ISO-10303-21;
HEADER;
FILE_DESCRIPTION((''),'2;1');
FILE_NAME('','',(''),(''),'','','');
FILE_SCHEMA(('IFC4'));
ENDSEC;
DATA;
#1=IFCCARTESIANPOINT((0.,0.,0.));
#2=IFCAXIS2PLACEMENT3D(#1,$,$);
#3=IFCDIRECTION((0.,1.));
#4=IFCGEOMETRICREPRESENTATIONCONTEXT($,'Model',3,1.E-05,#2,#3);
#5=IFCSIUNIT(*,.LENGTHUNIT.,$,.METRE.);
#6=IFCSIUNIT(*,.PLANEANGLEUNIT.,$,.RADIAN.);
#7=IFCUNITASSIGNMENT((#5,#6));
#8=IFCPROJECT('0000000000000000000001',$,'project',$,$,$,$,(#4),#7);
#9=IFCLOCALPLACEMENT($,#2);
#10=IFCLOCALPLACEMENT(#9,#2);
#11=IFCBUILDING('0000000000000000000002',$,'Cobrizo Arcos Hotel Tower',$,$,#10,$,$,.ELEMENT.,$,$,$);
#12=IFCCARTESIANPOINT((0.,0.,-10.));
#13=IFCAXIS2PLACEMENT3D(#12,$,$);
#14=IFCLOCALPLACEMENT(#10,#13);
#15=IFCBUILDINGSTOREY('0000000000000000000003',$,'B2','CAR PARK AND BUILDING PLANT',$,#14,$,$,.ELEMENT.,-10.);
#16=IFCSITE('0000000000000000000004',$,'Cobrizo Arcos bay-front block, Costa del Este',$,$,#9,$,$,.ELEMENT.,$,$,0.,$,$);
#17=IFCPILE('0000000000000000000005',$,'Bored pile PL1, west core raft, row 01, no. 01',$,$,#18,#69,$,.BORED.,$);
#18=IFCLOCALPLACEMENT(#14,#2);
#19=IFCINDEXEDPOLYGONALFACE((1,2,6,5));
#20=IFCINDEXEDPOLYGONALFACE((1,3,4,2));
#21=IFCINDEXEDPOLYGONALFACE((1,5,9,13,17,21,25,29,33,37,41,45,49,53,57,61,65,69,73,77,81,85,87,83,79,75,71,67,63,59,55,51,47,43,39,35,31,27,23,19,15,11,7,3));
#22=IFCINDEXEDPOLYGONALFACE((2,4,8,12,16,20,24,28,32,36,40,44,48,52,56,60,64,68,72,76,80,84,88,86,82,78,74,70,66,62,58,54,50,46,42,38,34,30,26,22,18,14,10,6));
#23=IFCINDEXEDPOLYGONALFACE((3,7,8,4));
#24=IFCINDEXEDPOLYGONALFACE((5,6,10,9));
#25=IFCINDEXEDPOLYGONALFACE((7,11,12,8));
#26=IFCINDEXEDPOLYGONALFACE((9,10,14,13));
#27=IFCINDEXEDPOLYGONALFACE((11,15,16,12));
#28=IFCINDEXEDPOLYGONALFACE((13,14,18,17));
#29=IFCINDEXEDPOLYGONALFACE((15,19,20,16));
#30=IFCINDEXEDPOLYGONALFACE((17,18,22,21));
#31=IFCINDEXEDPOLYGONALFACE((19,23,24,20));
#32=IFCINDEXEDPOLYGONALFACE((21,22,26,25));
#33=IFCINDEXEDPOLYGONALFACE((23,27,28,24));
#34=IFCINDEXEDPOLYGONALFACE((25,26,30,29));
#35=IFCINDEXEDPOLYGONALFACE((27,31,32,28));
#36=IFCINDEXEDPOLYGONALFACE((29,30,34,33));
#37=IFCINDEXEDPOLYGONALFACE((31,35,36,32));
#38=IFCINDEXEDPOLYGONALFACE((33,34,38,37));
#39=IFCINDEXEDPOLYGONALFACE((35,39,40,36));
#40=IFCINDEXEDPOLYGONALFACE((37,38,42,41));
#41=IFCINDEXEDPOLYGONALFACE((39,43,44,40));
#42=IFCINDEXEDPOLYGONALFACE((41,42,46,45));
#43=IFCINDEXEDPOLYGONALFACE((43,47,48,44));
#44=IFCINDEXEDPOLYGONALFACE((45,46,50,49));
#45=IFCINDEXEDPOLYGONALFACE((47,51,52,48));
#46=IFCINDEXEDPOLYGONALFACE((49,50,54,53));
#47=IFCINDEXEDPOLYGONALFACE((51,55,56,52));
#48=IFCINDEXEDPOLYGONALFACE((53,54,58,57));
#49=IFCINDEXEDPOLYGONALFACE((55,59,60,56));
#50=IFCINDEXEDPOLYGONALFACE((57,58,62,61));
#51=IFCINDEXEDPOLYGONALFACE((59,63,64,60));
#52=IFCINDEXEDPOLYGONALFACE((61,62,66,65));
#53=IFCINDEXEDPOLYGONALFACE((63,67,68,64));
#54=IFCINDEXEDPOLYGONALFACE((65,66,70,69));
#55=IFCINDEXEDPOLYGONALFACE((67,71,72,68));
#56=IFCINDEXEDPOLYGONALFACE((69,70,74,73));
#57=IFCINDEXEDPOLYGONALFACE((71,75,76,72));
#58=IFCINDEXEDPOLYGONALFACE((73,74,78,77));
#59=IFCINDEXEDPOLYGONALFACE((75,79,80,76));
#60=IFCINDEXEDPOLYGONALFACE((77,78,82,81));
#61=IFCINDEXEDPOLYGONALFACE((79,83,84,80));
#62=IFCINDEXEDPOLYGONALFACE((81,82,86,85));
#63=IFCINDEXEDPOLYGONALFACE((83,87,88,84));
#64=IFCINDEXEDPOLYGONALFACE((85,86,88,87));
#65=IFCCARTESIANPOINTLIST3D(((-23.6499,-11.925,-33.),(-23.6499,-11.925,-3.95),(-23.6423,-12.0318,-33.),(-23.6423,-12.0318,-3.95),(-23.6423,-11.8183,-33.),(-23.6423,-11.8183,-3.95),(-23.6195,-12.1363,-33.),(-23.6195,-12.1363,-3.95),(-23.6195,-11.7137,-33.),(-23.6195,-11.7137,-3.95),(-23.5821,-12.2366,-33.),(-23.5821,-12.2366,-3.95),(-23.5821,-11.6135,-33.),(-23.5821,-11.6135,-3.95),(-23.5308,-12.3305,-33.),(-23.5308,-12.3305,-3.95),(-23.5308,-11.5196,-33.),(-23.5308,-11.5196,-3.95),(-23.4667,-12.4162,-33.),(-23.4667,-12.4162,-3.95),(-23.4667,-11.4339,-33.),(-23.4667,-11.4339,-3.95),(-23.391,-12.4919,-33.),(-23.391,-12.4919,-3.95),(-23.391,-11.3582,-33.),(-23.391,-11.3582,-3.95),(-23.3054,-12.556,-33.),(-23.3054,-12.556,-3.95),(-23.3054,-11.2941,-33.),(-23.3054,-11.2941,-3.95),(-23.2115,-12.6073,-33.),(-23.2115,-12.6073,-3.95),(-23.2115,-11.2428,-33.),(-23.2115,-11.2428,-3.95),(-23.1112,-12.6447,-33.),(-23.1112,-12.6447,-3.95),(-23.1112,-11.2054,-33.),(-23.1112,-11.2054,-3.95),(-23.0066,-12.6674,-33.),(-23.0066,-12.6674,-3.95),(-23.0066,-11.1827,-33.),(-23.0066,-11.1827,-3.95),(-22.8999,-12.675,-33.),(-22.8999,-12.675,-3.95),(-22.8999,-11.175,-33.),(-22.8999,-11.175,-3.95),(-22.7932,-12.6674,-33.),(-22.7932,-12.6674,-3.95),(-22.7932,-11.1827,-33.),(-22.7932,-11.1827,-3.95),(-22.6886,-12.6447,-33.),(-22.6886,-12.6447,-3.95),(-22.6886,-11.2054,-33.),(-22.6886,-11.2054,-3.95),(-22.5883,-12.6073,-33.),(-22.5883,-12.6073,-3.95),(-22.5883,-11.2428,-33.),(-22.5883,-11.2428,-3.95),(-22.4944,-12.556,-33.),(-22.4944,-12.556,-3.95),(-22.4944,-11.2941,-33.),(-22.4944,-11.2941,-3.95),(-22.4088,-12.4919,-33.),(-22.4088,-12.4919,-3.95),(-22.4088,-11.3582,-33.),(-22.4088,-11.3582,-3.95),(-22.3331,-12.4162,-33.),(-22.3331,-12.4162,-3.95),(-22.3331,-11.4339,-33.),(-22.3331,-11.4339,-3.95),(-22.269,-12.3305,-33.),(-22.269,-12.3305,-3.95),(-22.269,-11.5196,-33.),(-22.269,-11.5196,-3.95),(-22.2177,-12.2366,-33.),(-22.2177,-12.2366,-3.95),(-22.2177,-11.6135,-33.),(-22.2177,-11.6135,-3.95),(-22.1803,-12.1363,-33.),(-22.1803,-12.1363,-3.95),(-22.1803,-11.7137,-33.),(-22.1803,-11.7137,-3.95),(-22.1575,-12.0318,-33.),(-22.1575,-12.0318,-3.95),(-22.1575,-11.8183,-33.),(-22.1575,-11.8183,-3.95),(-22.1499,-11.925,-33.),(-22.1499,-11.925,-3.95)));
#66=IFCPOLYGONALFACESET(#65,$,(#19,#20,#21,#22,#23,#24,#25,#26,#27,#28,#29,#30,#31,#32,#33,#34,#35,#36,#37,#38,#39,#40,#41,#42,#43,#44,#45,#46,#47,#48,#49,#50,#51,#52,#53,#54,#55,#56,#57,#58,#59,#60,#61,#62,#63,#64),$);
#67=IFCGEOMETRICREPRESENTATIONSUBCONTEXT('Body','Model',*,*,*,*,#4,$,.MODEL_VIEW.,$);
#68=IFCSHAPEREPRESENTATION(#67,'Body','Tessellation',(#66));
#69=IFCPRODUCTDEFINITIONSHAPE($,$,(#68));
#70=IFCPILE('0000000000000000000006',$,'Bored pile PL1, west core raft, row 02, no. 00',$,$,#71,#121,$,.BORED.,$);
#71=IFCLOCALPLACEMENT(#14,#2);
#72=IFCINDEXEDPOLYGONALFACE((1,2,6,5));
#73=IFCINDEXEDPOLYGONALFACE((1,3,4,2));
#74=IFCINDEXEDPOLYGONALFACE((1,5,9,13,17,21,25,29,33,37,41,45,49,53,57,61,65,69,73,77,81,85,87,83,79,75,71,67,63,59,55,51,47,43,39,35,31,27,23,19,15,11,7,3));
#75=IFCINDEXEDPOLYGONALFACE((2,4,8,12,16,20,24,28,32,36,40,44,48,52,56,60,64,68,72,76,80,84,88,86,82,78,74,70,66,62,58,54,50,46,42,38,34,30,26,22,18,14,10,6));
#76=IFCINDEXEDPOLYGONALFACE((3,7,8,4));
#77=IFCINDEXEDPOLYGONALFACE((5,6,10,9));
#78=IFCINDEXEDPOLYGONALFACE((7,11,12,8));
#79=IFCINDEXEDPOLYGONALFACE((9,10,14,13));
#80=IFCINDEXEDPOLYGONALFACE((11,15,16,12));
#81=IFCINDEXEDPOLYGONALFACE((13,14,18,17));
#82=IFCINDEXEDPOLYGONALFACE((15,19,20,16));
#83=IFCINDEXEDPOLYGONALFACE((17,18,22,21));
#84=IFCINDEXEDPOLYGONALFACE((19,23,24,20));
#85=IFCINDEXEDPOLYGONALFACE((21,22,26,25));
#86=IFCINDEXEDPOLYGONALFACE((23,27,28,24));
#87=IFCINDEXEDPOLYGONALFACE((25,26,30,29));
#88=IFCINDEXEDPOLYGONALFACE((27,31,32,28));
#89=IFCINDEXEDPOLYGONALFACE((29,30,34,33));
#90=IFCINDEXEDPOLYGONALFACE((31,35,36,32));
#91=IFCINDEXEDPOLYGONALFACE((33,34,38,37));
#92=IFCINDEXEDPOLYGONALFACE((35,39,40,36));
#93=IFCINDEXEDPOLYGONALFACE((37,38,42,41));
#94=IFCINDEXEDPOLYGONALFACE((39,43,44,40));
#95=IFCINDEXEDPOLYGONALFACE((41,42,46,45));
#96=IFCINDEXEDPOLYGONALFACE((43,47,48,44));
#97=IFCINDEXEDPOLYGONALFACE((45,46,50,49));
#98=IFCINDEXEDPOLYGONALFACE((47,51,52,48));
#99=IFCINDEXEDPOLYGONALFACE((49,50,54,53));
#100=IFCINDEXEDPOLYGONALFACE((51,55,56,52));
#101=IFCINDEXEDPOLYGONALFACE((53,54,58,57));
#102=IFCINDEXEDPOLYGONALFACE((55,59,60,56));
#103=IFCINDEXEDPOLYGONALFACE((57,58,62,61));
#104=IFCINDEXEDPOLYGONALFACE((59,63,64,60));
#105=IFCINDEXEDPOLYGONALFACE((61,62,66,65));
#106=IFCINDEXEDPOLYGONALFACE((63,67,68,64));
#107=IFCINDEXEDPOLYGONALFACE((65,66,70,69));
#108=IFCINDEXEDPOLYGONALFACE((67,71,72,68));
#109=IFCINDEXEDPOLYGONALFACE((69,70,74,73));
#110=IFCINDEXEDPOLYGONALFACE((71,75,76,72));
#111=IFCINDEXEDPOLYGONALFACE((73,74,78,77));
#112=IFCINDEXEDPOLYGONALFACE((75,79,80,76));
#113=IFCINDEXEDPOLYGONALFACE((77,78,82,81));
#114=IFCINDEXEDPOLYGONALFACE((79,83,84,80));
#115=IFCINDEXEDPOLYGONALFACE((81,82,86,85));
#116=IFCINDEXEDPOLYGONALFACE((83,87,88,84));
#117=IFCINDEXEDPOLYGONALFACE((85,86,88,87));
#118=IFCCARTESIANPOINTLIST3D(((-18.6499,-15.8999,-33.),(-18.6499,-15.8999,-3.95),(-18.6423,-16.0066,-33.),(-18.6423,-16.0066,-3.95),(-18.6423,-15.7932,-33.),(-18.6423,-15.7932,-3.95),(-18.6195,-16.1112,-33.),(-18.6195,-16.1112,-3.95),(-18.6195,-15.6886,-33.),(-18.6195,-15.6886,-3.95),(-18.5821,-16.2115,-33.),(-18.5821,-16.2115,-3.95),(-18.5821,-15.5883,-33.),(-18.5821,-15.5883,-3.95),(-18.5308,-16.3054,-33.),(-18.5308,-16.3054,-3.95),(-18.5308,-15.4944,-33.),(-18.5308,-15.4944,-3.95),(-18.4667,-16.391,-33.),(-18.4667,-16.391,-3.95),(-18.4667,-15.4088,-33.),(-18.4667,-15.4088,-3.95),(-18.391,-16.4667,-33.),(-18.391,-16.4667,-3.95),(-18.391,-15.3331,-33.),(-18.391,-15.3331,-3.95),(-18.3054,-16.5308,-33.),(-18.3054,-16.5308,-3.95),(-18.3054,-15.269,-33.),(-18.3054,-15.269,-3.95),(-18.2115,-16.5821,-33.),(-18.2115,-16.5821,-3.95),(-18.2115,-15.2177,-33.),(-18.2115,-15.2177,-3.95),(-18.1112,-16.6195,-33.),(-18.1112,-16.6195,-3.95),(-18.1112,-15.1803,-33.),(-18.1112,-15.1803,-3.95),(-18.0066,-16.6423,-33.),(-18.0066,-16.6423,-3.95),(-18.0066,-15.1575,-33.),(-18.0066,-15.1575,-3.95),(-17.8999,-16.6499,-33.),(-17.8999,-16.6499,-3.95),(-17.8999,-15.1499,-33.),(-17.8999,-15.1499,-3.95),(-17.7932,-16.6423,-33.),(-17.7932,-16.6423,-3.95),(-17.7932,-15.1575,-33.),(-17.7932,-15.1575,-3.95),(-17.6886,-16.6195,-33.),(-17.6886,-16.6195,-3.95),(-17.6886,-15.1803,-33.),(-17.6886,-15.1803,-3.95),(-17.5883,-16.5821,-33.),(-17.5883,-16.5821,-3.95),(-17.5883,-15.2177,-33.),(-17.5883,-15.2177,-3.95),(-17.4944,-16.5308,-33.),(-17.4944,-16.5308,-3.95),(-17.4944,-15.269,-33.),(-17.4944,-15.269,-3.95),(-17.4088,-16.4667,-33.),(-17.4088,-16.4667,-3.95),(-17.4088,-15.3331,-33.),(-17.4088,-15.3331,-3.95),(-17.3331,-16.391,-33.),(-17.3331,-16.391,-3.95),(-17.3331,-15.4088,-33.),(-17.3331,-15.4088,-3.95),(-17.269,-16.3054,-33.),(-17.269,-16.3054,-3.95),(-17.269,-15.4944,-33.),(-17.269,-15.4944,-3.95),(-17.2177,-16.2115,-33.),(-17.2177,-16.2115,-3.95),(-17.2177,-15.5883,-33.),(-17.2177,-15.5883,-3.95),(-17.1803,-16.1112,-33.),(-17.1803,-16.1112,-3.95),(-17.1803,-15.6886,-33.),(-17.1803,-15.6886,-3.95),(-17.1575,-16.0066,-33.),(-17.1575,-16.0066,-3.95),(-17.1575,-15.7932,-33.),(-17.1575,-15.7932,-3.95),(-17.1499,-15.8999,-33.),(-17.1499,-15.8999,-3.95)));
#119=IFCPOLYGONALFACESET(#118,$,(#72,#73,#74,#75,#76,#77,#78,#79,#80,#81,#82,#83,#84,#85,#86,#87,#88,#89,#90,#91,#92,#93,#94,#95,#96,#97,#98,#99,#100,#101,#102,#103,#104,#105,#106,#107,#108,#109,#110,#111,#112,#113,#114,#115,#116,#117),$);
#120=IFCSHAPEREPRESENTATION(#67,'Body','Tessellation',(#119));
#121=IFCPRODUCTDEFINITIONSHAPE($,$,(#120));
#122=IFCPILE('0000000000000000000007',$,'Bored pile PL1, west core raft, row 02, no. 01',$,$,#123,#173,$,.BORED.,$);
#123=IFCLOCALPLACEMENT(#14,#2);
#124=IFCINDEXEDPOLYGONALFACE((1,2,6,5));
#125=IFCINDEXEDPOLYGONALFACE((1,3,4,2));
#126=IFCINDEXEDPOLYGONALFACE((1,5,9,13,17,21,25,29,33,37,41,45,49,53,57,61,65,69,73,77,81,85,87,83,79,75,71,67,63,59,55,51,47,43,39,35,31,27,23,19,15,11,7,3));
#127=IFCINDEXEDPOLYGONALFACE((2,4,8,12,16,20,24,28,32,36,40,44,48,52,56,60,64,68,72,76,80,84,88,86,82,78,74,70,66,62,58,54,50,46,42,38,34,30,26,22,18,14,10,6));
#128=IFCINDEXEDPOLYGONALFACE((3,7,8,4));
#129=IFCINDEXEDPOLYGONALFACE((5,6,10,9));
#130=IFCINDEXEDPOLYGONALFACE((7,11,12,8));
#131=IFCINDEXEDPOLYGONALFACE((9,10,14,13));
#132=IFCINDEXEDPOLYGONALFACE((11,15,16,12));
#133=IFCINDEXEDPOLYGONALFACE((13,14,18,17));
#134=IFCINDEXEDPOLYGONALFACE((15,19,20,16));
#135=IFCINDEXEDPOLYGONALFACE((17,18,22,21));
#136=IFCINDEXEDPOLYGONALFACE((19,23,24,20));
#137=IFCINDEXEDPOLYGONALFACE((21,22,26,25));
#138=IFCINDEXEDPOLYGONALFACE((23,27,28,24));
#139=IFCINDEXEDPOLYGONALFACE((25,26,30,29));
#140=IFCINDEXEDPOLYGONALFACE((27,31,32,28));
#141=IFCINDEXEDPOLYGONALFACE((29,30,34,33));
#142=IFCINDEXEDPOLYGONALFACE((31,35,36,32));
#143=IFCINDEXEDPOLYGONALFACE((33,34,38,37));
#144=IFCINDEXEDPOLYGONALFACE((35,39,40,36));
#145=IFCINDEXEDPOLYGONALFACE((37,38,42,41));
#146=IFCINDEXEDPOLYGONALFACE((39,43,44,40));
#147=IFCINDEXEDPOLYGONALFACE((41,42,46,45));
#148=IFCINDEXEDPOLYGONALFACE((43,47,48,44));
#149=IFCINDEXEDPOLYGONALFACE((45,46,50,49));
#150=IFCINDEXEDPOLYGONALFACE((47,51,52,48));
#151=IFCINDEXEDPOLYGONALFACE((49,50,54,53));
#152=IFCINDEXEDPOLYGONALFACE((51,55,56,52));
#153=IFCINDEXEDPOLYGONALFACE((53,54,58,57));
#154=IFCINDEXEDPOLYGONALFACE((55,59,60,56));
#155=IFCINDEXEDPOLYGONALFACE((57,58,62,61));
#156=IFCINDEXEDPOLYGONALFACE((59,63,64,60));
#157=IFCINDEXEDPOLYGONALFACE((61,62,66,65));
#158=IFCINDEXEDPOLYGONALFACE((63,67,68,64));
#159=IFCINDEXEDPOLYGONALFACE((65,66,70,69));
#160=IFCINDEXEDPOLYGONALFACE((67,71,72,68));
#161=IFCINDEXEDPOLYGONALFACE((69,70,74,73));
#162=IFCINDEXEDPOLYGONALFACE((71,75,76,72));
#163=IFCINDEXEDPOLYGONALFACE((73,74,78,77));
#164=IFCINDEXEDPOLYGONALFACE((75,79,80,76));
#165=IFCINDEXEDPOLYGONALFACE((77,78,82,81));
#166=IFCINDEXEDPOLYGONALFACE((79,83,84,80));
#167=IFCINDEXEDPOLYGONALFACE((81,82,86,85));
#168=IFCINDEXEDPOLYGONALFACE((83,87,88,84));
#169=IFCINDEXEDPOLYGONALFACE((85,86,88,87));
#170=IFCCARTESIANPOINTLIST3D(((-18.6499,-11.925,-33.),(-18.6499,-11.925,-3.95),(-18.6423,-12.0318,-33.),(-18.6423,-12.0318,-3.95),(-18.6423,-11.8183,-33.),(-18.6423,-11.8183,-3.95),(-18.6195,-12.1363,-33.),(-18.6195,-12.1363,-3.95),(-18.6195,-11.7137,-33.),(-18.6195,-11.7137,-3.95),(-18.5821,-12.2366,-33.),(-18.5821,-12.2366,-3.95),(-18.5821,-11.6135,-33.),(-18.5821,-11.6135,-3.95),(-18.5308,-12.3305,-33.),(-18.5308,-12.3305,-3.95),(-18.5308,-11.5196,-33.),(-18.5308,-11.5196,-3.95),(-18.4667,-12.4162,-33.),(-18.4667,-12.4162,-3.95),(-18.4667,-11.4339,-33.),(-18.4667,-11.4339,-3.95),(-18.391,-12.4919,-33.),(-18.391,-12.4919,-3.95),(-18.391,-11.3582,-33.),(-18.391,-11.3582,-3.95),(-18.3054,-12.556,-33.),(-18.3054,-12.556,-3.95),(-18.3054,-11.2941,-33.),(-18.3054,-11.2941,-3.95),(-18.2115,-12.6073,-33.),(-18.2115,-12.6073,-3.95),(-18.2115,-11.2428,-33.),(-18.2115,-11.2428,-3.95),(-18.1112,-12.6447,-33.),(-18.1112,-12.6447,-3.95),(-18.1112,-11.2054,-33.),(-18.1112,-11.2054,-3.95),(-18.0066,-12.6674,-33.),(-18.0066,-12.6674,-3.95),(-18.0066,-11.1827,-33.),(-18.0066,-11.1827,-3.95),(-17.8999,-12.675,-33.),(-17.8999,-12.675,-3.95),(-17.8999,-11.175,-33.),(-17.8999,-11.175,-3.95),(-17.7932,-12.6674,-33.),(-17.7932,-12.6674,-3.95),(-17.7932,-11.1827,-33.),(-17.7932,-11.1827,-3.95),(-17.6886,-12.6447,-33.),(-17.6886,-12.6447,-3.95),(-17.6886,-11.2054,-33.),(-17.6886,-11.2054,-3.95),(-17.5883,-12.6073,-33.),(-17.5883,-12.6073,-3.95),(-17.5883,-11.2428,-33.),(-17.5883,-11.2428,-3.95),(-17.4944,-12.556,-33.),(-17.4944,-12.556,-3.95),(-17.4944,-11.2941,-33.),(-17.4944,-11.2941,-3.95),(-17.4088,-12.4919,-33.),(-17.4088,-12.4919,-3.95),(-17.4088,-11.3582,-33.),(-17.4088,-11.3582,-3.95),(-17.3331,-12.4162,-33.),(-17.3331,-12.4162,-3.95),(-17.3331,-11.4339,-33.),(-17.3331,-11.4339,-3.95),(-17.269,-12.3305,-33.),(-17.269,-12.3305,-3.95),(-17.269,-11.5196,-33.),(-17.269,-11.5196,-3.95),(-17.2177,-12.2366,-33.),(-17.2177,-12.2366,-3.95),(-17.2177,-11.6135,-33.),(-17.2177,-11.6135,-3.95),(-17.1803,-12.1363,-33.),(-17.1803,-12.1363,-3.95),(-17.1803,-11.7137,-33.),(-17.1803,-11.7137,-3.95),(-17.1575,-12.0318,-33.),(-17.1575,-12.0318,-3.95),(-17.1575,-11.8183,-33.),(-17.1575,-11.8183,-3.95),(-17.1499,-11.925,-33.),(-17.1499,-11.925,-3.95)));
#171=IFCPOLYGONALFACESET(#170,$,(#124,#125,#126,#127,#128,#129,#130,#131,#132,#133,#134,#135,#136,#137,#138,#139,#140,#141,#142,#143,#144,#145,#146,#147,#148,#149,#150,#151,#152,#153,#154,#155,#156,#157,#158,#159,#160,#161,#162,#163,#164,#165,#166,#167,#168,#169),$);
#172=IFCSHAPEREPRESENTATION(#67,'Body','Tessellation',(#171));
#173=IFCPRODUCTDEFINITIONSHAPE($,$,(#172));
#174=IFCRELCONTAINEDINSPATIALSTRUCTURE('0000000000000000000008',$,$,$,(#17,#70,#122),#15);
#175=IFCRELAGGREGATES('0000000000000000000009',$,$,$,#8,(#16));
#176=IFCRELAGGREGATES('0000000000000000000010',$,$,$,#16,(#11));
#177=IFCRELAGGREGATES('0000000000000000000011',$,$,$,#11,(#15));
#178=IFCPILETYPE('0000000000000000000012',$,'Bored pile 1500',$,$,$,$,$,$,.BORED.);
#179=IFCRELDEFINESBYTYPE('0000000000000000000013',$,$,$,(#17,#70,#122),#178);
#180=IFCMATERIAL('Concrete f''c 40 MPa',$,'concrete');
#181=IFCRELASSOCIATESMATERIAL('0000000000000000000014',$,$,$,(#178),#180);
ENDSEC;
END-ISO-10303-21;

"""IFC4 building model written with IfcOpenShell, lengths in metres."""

from ifc_helpers import new_model, si_unit, direction, frame, origin, origin_2d, place, context, subcontext, project, spatial, circle, extrude, material, material_profile, profile_set, type_object, element, save


model = new_model("IFC4")

# Units and contexts
model_context = context("Model", 3, precision=1e-05, world=origin(), true_north=direction((0.0, 1.0)))
body_context = subcontext(model_context, "Body", "Model", "MODEL_VIEW")
ifc_project = project(units=[si_unit("LENGTHUNIT", "METRE"), si_unit("PLANEANGLEUNIT", "RADIAN")], contexts=[model_context])

# Site, building, storey
site_placement = place(None, origin())
site = spatial("IfcSite", under=ifc_project, at=site_placement, Name="Cobrizo Arcos bay-front block, Costa del Este", CompositionType="ELEMENT", RefElevation=0.0)
building_placement = place(site_placement, origin())
building = spatial("IfcBuilding", under=site, at=building_placement, Name="Cobrizo Arcos Hotel Tower", CompositionType="ELEMENT")
storey_placement = place(building_placement, frame((0.0, 0.0, -10.0)))
storey = spatial("IfcBuildingStorey", under=building, at=storey_placement, Name="B2", Description="CAR PARK AND BUILDING PLANT", CompositionType="ELEMENT", Elevation=-10.0)

# Piles
ifc_material_1 = material(Name="Concrete f'c 40 MPa", Category="concrete")
ifc_material_profile_1 = material_profile(ifc_material_1, circle(Radius=0.75, at=origin_2d()), Name="BORED PILE 1500")
ifc_profile_set_1 = profile_set([ifc_material_profile_1], Name="Concrete f'c 40 MPa")
pile_type = type_object("IfcPileType", Name="Bored pile 1500", PredefinedType="BORED", material=ifc_profile_set_1)
for number, where, z_axis, x_axis, name in (
    (1, (-22.8999, -11.925, -3.95), (0.0, 0.0, -1.0), (1.0, 0.0, 0.0), "Bored pile PL1, west core raft, row 01, no. 01"),
    (2, (-17.8999, -15.8999, -3.95), (0.0, 0.0, -1.0), (1.0, 0.0, 0.0), "Bored pile PL1, west core raft, row 02, no. 00"),
    (3, (-17.8999, -11.925, -3.95), (0.0, 0.0, -1.0), (1.0, 0.0, 0.0), "Bored pile PL1, west core raft, row 02, no. 01"),
):
    element("IfcPile", number, at=place(storey_placement, frame(where, z_axis=z_axis, x_axis=x_axis)), inside=storey, type_object=pile_type, Name=name, PredefinedType="BORED", context=body_context, shape_type="SweptSolid", body=[
        extrude(circle(Radius=0.75, at=origin_2d()), origin(), (0.0, 0.0, 1.0), 29.05),
    ])

save(model, "model.ifc")
